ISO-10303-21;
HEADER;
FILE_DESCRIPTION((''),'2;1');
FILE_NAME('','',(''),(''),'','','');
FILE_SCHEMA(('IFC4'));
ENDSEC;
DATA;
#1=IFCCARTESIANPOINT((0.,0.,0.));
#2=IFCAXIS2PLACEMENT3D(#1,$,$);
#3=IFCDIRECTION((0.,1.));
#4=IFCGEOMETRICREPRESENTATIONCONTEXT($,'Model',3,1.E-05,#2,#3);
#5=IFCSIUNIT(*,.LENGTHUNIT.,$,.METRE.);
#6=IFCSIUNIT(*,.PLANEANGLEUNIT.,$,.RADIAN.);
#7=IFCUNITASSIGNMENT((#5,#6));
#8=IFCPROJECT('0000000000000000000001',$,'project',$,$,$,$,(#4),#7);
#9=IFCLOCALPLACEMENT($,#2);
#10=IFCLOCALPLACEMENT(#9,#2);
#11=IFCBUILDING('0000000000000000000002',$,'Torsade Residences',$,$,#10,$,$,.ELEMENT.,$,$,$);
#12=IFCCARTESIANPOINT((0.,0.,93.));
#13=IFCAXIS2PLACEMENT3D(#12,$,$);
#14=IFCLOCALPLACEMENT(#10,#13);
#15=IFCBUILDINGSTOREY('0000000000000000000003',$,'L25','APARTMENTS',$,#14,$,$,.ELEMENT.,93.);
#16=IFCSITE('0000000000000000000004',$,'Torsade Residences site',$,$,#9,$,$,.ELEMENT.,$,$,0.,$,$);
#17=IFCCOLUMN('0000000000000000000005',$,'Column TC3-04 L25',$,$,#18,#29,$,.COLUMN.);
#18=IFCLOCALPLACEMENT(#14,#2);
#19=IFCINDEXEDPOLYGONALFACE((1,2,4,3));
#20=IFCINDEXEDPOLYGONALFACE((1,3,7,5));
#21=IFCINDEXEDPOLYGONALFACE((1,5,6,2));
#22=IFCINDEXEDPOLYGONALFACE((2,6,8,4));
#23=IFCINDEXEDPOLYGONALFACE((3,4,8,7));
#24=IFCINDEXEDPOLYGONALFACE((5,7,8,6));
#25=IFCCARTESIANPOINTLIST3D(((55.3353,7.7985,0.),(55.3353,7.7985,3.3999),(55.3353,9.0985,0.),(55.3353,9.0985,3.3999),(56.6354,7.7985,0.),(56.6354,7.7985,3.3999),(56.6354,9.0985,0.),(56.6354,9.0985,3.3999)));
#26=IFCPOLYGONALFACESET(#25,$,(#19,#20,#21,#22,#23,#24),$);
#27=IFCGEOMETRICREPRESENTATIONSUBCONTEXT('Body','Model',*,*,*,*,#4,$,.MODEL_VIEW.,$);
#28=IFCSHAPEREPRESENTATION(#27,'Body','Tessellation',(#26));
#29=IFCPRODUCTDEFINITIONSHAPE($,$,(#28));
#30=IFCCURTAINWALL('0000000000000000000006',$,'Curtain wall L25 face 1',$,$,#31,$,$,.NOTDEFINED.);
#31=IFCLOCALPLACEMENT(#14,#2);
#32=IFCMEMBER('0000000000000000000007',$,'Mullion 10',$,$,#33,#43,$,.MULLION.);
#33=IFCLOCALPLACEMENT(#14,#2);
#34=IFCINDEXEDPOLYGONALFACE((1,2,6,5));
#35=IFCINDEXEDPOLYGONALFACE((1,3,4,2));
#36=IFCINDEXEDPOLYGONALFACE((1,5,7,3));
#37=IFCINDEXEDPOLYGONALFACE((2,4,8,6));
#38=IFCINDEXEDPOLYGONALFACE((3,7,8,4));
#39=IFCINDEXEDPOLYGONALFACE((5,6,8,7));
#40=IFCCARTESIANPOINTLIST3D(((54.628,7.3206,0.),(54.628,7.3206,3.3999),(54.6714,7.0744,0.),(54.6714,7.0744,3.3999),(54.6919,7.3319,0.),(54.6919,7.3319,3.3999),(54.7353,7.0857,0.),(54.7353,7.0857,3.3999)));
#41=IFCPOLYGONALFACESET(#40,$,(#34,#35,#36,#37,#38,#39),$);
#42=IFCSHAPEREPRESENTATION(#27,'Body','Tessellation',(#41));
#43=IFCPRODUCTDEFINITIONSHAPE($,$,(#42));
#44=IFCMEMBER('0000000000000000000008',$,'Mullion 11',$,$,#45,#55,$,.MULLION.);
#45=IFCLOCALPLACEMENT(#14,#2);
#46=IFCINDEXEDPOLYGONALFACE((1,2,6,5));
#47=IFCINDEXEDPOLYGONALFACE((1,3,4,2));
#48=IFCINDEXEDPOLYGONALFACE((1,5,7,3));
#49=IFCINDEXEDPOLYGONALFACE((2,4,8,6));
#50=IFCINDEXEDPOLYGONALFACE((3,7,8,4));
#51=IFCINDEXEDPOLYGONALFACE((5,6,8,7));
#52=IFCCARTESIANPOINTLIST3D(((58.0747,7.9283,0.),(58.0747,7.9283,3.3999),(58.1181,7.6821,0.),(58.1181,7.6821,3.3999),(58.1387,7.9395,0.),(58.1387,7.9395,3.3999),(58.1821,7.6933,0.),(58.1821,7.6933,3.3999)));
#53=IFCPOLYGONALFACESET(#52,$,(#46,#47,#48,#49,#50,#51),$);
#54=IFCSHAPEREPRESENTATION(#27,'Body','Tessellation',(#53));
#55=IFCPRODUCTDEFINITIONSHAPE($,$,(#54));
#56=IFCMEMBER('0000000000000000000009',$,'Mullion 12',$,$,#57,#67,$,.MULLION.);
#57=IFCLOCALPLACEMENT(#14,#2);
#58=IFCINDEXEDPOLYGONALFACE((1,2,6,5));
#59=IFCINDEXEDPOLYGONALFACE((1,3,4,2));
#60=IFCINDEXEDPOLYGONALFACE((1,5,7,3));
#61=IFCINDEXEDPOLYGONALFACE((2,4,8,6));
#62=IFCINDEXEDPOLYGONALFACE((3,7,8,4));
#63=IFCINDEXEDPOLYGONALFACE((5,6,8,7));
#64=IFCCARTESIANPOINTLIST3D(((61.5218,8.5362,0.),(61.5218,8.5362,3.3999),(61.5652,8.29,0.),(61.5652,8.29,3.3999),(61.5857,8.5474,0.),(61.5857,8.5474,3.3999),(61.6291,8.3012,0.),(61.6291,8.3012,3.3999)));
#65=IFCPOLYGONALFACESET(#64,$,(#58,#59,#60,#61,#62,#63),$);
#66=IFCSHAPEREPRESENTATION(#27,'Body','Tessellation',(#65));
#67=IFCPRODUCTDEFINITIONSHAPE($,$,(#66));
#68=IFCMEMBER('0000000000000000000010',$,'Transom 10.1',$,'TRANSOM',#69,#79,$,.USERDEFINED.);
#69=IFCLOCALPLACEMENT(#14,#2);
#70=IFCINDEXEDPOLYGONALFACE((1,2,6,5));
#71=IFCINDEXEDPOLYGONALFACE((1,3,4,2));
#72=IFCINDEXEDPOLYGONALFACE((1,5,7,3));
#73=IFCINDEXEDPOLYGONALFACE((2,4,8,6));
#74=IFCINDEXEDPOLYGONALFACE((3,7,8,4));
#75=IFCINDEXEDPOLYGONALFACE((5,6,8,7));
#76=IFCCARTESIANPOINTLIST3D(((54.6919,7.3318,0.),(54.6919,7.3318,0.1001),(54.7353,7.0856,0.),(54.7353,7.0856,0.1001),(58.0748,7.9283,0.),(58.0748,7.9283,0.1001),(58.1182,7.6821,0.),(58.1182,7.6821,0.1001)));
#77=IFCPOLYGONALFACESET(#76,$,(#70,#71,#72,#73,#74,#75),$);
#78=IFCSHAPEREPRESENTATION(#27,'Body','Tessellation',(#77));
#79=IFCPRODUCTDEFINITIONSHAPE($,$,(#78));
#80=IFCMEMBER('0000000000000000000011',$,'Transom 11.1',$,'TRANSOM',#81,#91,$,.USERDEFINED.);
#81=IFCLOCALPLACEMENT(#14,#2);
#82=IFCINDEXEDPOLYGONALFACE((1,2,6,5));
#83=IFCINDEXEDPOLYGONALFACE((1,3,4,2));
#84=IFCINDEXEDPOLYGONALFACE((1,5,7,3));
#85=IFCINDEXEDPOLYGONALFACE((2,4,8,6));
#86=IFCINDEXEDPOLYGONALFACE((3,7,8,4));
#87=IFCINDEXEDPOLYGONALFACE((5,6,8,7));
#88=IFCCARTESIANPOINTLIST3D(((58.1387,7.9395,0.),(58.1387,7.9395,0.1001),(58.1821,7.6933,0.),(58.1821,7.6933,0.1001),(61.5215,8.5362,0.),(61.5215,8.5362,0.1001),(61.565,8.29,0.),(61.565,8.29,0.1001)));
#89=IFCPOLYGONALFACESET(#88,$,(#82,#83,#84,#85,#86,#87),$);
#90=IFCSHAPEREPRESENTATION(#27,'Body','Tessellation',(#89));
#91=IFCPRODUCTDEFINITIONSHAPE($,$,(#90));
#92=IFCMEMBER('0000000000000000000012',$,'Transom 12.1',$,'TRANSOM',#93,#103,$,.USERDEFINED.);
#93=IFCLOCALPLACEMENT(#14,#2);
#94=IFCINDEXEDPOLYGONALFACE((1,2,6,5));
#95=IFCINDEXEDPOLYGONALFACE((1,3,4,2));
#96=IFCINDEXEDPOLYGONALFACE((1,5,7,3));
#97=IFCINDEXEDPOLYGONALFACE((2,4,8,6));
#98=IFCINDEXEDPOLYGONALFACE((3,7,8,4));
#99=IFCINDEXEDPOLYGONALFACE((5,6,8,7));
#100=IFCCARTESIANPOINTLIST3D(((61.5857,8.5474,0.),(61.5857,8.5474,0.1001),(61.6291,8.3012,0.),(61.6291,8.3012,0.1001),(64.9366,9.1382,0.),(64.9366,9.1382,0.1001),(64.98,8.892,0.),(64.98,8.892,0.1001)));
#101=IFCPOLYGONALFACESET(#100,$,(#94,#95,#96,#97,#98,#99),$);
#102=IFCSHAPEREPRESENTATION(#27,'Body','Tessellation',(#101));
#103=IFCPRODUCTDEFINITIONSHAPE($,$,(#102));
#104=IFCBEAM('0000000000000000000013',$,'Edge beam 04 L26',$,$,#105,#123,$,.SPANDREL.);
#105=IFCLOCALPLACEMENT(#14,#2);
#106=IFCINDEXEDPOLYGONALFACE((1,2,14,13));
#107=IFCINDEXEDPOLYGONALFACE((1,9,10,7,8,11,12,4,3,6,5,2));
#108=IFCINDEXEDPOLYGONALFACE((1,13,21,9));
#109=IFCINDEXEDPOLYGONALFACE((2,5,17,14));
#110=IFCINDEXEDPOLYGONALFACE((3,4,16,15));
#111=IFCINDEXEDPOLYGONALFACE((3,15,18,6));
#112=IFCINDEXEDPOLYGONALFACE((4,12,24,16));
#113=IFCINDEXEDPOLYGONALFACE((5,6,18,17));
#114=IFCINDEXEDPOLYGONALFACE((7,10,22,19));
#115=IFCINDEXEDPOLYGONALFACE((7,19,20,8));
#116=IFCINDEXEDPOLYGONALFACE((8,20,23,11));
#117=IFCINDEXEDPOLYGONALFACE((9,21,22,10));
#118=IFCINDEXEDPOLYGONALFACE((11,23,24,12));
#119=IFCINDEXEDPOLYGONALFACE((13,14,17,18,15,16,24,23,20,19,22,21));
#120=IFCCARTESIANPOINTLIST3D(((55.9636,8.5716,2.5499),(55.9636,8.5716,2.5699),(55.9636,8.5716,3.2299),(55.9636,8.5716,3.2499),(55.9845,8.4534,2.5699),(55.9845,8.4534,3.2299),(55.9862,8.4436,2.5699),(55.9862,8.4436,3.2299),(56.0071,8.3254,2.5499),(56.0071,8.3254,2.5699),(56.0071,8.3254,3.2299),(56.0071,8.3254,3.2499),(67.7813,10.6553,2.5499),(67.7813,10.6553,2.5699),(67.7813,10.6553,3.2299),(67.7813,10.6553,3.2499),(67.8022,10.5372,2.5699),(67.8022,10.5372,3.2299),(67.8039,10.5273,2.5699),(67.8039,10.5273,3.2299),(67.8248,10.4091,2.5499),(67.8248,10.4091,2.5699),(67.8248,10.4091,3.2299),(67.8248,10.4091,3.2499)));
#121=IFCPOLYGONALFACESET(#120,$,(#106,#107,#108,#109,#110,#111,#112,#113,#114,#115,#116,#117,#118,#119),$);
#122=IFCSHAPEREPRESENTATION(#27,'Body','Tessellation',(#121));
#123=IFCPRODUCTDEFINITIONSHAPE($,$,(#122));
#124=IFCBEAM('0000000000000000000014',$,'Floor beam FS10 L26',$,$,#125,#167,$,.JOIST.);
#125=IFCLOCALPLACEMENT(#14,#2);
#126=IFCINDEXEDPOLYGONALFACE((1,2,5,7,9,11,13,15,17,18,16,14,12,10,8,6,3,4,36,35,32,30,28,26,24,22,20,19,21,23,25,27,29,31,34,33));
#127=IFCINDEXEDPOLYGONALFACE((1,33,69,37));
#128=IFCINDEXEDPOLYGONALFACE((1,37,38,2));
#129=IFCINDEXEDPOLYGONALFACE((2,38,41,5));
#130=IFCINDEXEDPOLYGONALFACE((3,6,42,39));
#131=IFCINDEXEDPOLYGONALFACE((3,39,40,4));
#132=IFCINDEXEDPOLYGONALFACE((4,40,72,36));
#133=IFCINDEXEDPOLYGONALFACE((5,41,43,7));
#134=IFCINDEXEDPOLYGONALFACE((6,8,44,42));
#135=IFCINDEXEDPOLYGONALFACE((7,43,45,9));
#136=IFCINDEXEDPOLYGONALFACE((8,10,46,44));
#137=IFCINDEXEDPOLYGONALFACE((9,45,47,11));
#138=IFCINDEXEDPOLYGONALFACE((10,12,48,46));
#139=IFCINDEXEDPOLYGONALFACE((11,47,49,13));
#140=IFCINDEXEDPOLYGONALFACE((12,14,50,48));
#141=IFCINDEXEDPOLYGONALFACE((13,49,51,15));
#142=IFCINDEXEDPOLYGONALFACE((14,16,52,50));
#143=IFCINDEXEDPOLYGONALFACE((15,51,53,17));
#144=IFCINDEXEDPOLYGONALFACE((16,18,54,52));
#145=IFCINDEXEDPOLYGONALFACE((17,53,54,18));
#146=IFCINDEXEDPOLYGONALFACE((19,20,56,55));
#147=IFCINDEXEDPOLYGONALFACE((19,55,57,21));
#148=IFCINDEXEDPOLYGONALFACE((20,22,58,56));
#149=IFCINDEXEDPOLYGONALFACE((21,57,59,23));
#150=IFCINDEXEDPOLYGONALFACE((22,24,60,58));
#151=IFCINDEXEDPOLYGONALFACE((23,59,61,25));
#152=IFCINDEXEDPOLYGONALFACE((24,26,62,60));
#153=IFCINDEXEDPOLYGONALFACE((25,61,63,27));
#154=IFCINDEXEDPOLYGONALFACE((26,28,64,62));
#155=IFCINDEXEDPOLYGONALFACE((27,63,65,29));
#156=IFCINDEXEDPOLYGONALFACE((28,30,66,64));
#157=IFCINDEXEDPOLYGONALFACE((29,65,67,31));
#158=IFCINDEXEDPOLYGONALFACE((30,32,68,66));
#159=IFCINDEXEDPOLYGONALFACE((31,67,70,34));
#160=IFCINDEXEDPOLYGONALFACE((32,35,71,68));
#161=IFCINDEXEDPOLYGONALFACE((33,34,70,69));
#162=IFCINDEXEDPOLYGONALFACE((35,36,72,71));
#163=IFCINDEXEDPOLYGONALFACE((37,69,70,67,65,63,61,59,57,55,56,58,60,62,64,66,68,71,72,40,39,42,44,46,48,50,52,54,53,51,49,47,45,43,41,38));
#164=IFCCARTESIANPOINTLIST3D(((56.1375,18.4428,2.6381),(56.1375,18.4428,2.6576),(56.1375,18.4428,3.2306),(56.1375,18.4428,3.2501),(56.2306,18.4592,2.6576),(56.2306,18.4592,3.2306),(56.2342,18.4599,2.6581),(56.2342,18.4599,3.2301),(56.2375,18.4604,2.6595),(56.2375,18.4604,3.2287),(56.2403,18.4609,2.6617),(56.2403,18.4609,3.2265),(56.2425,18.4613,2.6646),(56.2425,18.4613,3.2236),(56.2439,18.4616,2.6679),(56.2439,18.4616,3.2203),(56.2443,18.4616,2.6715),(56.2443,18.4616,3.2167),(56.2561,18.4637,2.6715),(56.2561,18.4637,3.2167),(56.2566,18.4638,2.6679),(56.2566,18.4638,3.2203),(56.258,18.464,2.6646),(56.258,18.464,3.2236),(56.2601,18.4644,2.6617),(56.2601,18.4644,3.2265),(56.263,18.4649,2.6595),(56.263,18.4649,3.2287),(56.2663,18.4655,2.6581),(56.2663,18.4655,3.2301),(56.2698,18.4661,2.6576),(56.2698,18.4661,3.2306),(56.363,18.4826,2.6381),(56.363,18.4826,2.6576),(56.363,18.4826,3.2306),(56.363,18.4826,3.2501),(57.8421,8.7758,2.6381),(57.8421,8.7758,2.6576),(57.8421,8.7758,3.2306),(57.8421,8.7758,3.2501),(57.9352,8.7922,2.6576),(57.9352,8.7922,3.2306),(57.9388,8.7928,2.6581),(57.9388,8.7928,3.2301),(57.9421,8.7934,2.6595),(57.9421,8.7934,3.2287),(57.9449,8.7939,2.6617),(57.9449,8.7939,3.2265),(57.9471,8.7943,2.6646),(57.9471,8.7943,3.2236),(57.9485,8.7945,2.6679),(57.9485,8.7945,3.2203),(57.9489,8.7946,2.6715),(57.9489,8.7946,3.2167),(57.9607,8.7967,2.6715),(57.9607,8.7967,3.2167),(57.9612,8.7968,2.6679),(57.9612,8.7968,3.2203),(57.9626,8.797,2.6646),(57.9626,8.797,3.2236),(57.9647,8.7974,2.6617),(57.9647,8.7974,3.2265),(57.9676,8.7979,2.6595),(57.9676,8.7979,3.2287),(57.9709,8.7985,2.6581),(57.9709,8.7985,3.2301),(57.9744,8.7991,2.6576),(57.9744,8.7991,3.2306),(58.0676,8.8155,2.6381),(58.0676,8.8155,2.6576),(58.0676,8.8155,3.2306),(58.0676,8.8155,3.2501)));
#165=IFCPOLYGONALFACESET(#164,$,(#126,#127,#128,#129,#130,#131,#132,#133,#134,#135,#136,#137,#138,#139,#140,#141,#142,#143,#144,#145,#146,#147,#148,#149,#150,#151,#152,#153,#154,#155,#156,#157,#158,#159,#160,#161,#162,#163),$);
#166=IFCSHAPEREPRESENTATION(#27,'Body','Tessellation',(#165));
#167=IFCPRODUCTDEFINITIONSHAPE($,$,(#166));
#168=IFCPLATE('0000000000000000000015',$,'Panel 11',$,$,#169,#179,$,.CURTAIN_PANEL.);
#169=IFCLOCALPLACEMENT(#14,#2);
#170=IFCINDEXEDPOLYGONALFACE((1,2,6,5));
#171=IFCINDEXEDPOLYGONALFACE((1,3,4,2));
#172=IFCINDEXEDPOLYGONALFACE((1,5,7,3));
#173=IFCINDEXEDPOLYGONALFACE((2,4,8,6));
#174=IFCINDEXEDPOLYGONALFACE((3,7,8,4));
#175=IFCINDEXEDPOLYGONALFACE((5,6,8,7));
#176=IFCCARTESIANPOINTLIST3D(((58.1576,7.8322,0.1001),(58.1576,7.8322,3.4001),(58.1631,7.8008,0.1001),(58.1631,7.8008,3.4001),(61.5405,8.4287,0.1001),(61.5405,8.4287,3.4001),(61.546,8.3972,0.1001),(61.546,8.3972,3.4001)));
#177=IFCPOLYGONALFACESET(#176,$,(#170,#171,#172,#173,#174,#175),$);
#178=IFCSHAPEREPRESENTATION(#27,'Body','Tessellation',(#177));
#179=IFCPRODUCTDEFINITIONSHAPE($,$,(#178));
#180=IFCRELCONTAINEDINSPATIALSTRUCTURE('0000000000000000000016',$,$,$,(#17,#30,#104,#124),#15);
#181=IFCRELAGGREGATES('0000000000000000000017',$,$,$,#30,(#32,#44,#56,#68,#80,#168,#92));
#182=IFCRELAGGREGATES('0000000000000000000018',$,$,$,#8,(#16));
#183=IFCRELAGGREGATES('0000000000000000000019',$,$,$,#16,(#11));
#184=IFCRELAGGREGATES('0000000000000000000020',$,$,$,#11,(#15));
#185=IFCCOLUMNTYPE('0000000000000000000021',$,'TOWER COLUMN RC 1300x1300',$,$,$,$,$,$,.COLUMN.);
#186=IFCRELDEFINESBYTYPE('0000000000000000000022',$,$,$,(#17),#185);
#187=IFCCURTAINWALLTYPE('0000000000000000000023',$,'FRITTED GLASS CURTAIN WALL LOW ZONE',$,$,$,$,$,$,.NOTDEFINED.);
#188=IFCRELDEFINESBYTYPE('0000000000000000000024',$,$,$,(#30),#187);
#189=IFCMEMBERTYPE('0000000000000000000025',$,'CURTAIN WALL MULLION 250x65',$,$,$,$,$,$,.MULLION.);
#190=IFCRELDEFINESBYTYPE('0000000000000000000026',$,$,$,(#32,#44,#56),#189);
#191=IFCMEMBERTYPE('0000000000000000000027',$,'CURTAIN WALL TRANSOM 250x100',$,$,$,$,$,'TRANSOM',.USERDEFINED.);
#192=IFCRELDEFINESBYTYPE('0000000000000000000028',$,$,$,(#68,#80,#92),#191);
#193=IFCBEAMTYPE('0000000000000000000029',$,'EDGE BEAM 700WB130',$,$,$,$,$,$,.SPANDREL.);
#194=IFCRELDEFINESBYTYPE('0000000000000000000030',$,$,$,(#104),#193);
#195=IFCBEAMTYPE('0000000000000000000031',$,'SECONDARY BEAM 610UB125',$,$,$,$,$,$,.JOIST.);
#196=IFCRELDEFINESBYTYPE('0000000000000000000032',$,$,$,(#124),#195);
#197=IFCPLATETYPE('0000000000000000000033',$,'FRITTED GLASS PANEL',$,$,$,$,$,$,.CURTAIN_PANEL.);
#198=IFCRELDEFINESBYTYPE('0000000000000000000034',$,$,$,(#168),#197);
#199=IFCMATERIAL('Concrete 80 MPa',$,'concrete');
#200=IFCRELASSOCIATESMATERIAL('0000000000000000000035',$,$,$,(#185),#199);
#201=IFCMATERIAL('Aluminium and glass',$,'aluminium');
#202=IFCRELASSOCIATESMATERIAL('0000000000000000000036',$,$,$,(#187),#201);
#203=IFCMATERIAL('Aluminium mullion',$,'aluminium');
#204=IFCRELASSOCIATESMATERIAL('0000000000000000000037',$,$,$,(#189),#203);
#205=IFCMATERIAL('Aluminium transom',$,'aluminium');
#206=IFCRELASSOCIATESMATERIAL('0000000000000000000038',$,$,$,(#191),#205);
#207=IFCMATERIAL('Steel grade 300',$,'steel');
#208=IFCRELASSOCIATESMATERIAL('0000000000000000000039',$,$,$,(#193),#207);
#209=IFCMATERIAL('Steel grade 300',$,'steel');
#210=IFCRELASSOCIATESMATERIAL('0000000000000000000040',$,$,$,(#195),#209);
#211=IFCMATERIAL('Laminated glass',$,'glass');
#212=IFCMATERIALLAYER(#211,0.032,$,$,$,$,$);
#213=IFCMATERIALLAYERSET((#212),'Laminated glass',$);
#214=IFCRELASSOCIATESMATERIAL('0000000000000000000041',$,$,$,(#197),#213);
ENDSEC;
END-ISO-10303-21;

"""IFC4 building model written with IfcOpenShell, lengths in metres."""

from ifc_helpers import new_model, si_unit, direction, frame, origin, origin_2d, place, context, subcontext, project, spatial, rectangle, i_section, extrude, material, layer, layer_set, material_profile, profile_set, type_object, element, aggregate, save


model = new_model("IFC4")

# Units and contexts
model_context = context("Model", 3, precision=1e-05, world=origin(), true_north=direction((0.0, 1.0)))
body_context = subcontext(model_context, "Body", "Model", "MODEL_VIEW")
ifc_project = project(units=[si_unit("LENGTHUNIT", "METRE"), si_unit("PLANEANGLEUNIT", "RADIAN")], contexts=[model_context])

# Site, building, storey
site_placement = place(None, origin())
site = spatial("IfcSite", under=ifc_project, at=site_placement, Name="Torsade Residences site", CompositionType="ELEMENT", RefElevation=0.0)
building_placement = place(site_placement, origin())
building = spatial("IfcBuilding", under=site, at=building_placement, Name="Torsade Residences", CompositionType="ELEMENT")
storey_placement = place(building_placement, frame((0.0, 0.0, 93.0)))
storey = spatial("IfcBuildingStorey", under=building, at=storey_placement, Name="L25", Description="APARTMENTS", CompositionType="ELEMENT", Elevation=93.0)

# Column
ifc_material_1 = material(Name="Concrete 80 MPa", Category="concrete")
ifc_material_profile_1 = material_profile(ifc_material_1, rectangle(XDim=1.3, YDim=1.3, at=origin_2d()), Name="RC 1300x1300")
ifc_profile_set_1 = profile_set([ifc_material_profile_1], Name="Concrete 80 MPa")
column_type = type_object("IfcColumnType", Name="TOWER COLUMN RC 1300x1300", PredefinedType="COLUMN", material=ifc_profile_set_1)
column_placement = place(storey_placement, frame((55.9854, 8.4485, 0.0), z_axis=(0.0, 0.0, 1.0), x_axis=(1.0, 0.0, 0.0)))
element("IfcColumn", 1, at=column_placement, inside=storey, type_object=column_type, Name="Column TC3-04 L25", PredefinedType="COLUMN", context=body_context, shape_type="SweptSolid", body=[
    extrude(rectangle(XDim=1.3, YDim=1.3, at=origin_2d()), origin(), (0.0, 0.0, 1.0), 3.3999),
])

# Curtain wall, members
ifc_material_2 = material(Name="Aluminium and glass", Category="aluminium")
curtain_wall_type = type_object("IfcCurtainWallType", Name="FRITTED GLASS CURTAIN WALL LOW ZONE", PredefinedType="NOTDEFINED", material=ifc_material_2)
curtain_wall_placement = place(storey_placement, origin())
curtain_wall = element("IfcCurtainWall", 2, at=curtain_wall_placement, inside=storey, type_object=curtain_wall_type, Name="Curtain wall L25 face 1", PredefinedType="NOTDEFINED")
ifc_material_3 = material(Name="Aluminium mullion", Category="aluminium")
ifc_material_profile_2 = material_profile(ifc_material_3, rectangle(XDim=0.25, YDim=0.0649, at=origin_2d()), Name="CURTAIN WALL MULLION 250x65")
ifc_profile_set_2 = profile_set([ifc_material_profile_2], Name="Aluminium mullion")
member_type_1 = type_object("IfcMemberType", Name="CURTAIN WALL MULLION 250x65", PredefinedType="MULLION", material=ifc_profile_set_2)
member_1_placement = place(storey_placement, frame((54.6816, 7.2031, 0.0), z_axis=(0.0, 0.0, 1.0), x_axis=(-0.173648, 0.984808, 0.0)))
member_1 = element("IfcMember", 3, at=member_1_placement, type_object=member_type_1, Name="Mullion 10", PredefinedType="MULLION", context=body_context, shape_type="SweptSolid", body=[
    extrude(rectangle(XDim=0.25, YDim=0.0649, at=origin_2d()), origin(), (0.0, 0.0, 1.0), 3.3999),
])
member_2_placement = place(storey_placement, frame((58.1284, 7.8108, 0.0), z_axis=(0.0, 0.0, 1.0), x_axis=(-0.173648, 0.984808, 0.0)))
member_2 = element("IfcMember", 4, at=member_2_placement, type_object=member_type_1, Name="Mullion 11", PredefinedType="MULLION", context=body_context, shape_type="SweptSolid", body=[
    extrude(rectangle(XDim=0.25, YDim=0.0649, at=origin_2d()), origin(), (0.0, 0.0, 1.0), 3.3999),
])
member_3_placement = place(storey_placement, frame((61.5754, 8.4187, 0.0), z_axis=(0.0, 0.0, 1.0), x_axis=(-0.173648, 0.984808, 0.0)))
member_3 = element("IfcMember", 5, at=member_3_placement, type_object=member_type_1, Name="Mullion 12", PredefinedType="MULLION", context=body_context, shape_type="SweptSolid", body=[
    extrude(rectangle(XDim=0.25, YDim=0.0649, at=origin_2d()), origin(), (0.0, 0.0, 1.0), 3.3999),
])
ifc_material_4 = material(Name="Aluminium transom", Category="aluminium")
ifc_material_profile_3 = material_profile(ifc_material_4, rectangle(XDim=0.25, YDim=0.1001, at=origin_2d()), Name="CURTAIN WALL TRANSOM 250x100")
ifc_profile_set_3 = profile_set([ifc_material_profile_3], Name="Aluminium transom")
member_type_2 = type_object("IfcMemberType", Name="CURTAIN WALL TRANSOM 250x100", ElementType="TRANSOM", PredefinedType="USERDEFINED", material=ifc_profile_set_3)
member_4_placement = place(storey_placement, frame((54.7136, 7.2087, 0.05), z_axis=(0.98481, 0.173635, 0.0), x_axis=(-0.173635, 0.98481, 0.0)))
member_4 = element("IfcMember", 6, at=member_4_placement, type_object=member_type_2, Name="Transom 10.1", ObjectType="TRANSOM", PredefinedType="USERDEFINED", context=body_context, shape_type="SweptSolid", body=[
    extrude(rectangle(XDim=0.25, YDim=0.1001, at=origin_2d()), origin(), (0.0, 0.0, 1.0), 3.4351),
])
member_5_placement = place(storey_placement, frame((58.1604, 7.8164, 0.05), z_axis=(0.984798, 0.173704, 0.0), x_axis=(-0.173704, 0.984798, 0.0)))
member_5 = element("IfcMember", 7, at=member_5_placement, type_object=member_type_2, Name="Transom 11.1", ObjectType="TRANSOM", PredefinedType="USERDEFINED", context=body_context, shape_type="SweptSolid", body=[
    extrude(rectangle(XDim=0.25, YDim=0.1001, at=origin_2d()), origin(), (0.0, 0.0, 1.0), 3.4351),
])
member_6_placement = place(storey_placement, frame((61.6074, 8.4243, 0.05), z_axis=(0.984809, 0.173642, 0.0), x_axis=(-0.173642, 0.984809, 0.0)))
member_6 = element("IfcMember", 8, at=member_6_placement, type_object=member_type_2, Name="Transom 12.1", ObjectType="TRANSOM", PredefinedType="USERDEFINED", context=body_context, shape_type="SweptSolid", body=[
    extrude(rectangle(XDim=0.25, YDim=0.1001, at=origin_2d()), origin(), (0.0, 0.0, 1.0), 3.4026),
])

# Beams
ifc_material_5 = material(Name="Steel grade 300", Category="steel")
ifc_material_profile_4 = material_profile(ifc_material_5, i_section(OverallWidth=0.25, OverallDepth=0.7, WebThickness=0.01, FlangeThickness=0.02, at=origin_2d()), Name="700WB130")
ifc_profile_set_4 = profile_set([ifc_material_profile_4], Name="Steel grade 300")
beam_type_1 = type_object("IfcBeamType", Name="EDGE BEAM 700WB130", PredefinedType="SPANDREL", material=ifc_profile_set_4)
beam_1_placement = place(storey_placement, frame((55.9854, 8.4485, 2.8999), z_axis=(0.984808, 0.173646, 0.0), x_axis=(-0.173646, 0.984808, 0.0)))
element("IfcBeam", 9, at=beam_1_placement, inside=storey, type_object=beam_type_1, Name="Edge beam 04 L26", PredefinedType="SPANDREL", context=body_context, shape_type="SweptSolid", body=[
    extrude(i_section(OverallWidth=0.25, OverallDepth=0.7, WebThickness=0.01, FlangeThickness=0.02, at=origin_2d()), origin(), (0.0, 0.0, 1.0), 12.0),
])
ifc_material_6 = material(Name="Steel grade 300", Category="steel")
ifc_material_profile_5 = material_profile(ifc_material_6, i_section(OverallWidth=0.229, OverallDepth=0.6121, WebThickness=0.012, FlangeThickness=0.0195, FilletRadius=0.0139, at=origin_2d()), Name="610UB125")
ifc_profile_set_5 = profile_set([ifc_material_profile_5], Name="Steel grade 300")
beam_type_2 = type_object("IfcBeamType", Name="SECONDARY BEAM 610UB125", PredefinedType="JOIST", material=ifc_profile_set_5)
beam_2_placement = place(storey_placement, frame((57.9548, 8.7957, 2.9441), z_axis=(-0.173652, 0.984807, 0.0), x_axis=(-0.984807, -0.173652, 0.0)))
element("IfcBeam", 10, at=beam_2_placement, inside=storey, type_object=beam_type_2, Name="Floor beam FS10 L26", PredefinedType="JOIST", context=body_context, shape_type="SweptSolid", body=[
    extrude(i_section(OverallWidth=0.229, OverallDepth=0.6121, WebThickness=0.012, FlangeThickness=0.0195, FilletRadius=0.0139, at=origin_2d()), origin(), (0.0, 0.0, 1.0), 9.8162),
])

# Plate
ifc_material_7 = material(Name="Laminated glass", Category="glass")
ifc_layer_1 = layer(ifc_material_7, 0.032)
ifc_layer_set_1 = layer_set([ifc_layer_1], Name="Laminated glass")
plate_type_1 = type_object("IfcPlateType", Name="FRITTED GLASS PANEL", PredefinedType="CURTAIN_PANEL", material=ifc_layer_set_1)
plate_1_placement = place(storey_placement, frame((59.8518, 8.1147, 0.1001), z_axis=(0.0, 0.0, 1.0), x_axis=(0.984808, 0.173648, 0.0)))
plate_1 = element("IfcPlate", 11, at=plate_1_placement, type_object=plate_type_1, Name="Panel 11", PredefinedType="CURTAIN_PANEL", context=body_context, shape_type="SweptSolid", body=[
    extrude(rectangle(XDim=3.4351, YDim=0.032, at=origin_2d()), origin(), (0.0, 0.0, 1.0), 3.3),
])
aggregate(curtain_wall, [member_1, member_2, member_3, member_4, member_5, plate_1, member_6])

save(model, "model.ifc")
